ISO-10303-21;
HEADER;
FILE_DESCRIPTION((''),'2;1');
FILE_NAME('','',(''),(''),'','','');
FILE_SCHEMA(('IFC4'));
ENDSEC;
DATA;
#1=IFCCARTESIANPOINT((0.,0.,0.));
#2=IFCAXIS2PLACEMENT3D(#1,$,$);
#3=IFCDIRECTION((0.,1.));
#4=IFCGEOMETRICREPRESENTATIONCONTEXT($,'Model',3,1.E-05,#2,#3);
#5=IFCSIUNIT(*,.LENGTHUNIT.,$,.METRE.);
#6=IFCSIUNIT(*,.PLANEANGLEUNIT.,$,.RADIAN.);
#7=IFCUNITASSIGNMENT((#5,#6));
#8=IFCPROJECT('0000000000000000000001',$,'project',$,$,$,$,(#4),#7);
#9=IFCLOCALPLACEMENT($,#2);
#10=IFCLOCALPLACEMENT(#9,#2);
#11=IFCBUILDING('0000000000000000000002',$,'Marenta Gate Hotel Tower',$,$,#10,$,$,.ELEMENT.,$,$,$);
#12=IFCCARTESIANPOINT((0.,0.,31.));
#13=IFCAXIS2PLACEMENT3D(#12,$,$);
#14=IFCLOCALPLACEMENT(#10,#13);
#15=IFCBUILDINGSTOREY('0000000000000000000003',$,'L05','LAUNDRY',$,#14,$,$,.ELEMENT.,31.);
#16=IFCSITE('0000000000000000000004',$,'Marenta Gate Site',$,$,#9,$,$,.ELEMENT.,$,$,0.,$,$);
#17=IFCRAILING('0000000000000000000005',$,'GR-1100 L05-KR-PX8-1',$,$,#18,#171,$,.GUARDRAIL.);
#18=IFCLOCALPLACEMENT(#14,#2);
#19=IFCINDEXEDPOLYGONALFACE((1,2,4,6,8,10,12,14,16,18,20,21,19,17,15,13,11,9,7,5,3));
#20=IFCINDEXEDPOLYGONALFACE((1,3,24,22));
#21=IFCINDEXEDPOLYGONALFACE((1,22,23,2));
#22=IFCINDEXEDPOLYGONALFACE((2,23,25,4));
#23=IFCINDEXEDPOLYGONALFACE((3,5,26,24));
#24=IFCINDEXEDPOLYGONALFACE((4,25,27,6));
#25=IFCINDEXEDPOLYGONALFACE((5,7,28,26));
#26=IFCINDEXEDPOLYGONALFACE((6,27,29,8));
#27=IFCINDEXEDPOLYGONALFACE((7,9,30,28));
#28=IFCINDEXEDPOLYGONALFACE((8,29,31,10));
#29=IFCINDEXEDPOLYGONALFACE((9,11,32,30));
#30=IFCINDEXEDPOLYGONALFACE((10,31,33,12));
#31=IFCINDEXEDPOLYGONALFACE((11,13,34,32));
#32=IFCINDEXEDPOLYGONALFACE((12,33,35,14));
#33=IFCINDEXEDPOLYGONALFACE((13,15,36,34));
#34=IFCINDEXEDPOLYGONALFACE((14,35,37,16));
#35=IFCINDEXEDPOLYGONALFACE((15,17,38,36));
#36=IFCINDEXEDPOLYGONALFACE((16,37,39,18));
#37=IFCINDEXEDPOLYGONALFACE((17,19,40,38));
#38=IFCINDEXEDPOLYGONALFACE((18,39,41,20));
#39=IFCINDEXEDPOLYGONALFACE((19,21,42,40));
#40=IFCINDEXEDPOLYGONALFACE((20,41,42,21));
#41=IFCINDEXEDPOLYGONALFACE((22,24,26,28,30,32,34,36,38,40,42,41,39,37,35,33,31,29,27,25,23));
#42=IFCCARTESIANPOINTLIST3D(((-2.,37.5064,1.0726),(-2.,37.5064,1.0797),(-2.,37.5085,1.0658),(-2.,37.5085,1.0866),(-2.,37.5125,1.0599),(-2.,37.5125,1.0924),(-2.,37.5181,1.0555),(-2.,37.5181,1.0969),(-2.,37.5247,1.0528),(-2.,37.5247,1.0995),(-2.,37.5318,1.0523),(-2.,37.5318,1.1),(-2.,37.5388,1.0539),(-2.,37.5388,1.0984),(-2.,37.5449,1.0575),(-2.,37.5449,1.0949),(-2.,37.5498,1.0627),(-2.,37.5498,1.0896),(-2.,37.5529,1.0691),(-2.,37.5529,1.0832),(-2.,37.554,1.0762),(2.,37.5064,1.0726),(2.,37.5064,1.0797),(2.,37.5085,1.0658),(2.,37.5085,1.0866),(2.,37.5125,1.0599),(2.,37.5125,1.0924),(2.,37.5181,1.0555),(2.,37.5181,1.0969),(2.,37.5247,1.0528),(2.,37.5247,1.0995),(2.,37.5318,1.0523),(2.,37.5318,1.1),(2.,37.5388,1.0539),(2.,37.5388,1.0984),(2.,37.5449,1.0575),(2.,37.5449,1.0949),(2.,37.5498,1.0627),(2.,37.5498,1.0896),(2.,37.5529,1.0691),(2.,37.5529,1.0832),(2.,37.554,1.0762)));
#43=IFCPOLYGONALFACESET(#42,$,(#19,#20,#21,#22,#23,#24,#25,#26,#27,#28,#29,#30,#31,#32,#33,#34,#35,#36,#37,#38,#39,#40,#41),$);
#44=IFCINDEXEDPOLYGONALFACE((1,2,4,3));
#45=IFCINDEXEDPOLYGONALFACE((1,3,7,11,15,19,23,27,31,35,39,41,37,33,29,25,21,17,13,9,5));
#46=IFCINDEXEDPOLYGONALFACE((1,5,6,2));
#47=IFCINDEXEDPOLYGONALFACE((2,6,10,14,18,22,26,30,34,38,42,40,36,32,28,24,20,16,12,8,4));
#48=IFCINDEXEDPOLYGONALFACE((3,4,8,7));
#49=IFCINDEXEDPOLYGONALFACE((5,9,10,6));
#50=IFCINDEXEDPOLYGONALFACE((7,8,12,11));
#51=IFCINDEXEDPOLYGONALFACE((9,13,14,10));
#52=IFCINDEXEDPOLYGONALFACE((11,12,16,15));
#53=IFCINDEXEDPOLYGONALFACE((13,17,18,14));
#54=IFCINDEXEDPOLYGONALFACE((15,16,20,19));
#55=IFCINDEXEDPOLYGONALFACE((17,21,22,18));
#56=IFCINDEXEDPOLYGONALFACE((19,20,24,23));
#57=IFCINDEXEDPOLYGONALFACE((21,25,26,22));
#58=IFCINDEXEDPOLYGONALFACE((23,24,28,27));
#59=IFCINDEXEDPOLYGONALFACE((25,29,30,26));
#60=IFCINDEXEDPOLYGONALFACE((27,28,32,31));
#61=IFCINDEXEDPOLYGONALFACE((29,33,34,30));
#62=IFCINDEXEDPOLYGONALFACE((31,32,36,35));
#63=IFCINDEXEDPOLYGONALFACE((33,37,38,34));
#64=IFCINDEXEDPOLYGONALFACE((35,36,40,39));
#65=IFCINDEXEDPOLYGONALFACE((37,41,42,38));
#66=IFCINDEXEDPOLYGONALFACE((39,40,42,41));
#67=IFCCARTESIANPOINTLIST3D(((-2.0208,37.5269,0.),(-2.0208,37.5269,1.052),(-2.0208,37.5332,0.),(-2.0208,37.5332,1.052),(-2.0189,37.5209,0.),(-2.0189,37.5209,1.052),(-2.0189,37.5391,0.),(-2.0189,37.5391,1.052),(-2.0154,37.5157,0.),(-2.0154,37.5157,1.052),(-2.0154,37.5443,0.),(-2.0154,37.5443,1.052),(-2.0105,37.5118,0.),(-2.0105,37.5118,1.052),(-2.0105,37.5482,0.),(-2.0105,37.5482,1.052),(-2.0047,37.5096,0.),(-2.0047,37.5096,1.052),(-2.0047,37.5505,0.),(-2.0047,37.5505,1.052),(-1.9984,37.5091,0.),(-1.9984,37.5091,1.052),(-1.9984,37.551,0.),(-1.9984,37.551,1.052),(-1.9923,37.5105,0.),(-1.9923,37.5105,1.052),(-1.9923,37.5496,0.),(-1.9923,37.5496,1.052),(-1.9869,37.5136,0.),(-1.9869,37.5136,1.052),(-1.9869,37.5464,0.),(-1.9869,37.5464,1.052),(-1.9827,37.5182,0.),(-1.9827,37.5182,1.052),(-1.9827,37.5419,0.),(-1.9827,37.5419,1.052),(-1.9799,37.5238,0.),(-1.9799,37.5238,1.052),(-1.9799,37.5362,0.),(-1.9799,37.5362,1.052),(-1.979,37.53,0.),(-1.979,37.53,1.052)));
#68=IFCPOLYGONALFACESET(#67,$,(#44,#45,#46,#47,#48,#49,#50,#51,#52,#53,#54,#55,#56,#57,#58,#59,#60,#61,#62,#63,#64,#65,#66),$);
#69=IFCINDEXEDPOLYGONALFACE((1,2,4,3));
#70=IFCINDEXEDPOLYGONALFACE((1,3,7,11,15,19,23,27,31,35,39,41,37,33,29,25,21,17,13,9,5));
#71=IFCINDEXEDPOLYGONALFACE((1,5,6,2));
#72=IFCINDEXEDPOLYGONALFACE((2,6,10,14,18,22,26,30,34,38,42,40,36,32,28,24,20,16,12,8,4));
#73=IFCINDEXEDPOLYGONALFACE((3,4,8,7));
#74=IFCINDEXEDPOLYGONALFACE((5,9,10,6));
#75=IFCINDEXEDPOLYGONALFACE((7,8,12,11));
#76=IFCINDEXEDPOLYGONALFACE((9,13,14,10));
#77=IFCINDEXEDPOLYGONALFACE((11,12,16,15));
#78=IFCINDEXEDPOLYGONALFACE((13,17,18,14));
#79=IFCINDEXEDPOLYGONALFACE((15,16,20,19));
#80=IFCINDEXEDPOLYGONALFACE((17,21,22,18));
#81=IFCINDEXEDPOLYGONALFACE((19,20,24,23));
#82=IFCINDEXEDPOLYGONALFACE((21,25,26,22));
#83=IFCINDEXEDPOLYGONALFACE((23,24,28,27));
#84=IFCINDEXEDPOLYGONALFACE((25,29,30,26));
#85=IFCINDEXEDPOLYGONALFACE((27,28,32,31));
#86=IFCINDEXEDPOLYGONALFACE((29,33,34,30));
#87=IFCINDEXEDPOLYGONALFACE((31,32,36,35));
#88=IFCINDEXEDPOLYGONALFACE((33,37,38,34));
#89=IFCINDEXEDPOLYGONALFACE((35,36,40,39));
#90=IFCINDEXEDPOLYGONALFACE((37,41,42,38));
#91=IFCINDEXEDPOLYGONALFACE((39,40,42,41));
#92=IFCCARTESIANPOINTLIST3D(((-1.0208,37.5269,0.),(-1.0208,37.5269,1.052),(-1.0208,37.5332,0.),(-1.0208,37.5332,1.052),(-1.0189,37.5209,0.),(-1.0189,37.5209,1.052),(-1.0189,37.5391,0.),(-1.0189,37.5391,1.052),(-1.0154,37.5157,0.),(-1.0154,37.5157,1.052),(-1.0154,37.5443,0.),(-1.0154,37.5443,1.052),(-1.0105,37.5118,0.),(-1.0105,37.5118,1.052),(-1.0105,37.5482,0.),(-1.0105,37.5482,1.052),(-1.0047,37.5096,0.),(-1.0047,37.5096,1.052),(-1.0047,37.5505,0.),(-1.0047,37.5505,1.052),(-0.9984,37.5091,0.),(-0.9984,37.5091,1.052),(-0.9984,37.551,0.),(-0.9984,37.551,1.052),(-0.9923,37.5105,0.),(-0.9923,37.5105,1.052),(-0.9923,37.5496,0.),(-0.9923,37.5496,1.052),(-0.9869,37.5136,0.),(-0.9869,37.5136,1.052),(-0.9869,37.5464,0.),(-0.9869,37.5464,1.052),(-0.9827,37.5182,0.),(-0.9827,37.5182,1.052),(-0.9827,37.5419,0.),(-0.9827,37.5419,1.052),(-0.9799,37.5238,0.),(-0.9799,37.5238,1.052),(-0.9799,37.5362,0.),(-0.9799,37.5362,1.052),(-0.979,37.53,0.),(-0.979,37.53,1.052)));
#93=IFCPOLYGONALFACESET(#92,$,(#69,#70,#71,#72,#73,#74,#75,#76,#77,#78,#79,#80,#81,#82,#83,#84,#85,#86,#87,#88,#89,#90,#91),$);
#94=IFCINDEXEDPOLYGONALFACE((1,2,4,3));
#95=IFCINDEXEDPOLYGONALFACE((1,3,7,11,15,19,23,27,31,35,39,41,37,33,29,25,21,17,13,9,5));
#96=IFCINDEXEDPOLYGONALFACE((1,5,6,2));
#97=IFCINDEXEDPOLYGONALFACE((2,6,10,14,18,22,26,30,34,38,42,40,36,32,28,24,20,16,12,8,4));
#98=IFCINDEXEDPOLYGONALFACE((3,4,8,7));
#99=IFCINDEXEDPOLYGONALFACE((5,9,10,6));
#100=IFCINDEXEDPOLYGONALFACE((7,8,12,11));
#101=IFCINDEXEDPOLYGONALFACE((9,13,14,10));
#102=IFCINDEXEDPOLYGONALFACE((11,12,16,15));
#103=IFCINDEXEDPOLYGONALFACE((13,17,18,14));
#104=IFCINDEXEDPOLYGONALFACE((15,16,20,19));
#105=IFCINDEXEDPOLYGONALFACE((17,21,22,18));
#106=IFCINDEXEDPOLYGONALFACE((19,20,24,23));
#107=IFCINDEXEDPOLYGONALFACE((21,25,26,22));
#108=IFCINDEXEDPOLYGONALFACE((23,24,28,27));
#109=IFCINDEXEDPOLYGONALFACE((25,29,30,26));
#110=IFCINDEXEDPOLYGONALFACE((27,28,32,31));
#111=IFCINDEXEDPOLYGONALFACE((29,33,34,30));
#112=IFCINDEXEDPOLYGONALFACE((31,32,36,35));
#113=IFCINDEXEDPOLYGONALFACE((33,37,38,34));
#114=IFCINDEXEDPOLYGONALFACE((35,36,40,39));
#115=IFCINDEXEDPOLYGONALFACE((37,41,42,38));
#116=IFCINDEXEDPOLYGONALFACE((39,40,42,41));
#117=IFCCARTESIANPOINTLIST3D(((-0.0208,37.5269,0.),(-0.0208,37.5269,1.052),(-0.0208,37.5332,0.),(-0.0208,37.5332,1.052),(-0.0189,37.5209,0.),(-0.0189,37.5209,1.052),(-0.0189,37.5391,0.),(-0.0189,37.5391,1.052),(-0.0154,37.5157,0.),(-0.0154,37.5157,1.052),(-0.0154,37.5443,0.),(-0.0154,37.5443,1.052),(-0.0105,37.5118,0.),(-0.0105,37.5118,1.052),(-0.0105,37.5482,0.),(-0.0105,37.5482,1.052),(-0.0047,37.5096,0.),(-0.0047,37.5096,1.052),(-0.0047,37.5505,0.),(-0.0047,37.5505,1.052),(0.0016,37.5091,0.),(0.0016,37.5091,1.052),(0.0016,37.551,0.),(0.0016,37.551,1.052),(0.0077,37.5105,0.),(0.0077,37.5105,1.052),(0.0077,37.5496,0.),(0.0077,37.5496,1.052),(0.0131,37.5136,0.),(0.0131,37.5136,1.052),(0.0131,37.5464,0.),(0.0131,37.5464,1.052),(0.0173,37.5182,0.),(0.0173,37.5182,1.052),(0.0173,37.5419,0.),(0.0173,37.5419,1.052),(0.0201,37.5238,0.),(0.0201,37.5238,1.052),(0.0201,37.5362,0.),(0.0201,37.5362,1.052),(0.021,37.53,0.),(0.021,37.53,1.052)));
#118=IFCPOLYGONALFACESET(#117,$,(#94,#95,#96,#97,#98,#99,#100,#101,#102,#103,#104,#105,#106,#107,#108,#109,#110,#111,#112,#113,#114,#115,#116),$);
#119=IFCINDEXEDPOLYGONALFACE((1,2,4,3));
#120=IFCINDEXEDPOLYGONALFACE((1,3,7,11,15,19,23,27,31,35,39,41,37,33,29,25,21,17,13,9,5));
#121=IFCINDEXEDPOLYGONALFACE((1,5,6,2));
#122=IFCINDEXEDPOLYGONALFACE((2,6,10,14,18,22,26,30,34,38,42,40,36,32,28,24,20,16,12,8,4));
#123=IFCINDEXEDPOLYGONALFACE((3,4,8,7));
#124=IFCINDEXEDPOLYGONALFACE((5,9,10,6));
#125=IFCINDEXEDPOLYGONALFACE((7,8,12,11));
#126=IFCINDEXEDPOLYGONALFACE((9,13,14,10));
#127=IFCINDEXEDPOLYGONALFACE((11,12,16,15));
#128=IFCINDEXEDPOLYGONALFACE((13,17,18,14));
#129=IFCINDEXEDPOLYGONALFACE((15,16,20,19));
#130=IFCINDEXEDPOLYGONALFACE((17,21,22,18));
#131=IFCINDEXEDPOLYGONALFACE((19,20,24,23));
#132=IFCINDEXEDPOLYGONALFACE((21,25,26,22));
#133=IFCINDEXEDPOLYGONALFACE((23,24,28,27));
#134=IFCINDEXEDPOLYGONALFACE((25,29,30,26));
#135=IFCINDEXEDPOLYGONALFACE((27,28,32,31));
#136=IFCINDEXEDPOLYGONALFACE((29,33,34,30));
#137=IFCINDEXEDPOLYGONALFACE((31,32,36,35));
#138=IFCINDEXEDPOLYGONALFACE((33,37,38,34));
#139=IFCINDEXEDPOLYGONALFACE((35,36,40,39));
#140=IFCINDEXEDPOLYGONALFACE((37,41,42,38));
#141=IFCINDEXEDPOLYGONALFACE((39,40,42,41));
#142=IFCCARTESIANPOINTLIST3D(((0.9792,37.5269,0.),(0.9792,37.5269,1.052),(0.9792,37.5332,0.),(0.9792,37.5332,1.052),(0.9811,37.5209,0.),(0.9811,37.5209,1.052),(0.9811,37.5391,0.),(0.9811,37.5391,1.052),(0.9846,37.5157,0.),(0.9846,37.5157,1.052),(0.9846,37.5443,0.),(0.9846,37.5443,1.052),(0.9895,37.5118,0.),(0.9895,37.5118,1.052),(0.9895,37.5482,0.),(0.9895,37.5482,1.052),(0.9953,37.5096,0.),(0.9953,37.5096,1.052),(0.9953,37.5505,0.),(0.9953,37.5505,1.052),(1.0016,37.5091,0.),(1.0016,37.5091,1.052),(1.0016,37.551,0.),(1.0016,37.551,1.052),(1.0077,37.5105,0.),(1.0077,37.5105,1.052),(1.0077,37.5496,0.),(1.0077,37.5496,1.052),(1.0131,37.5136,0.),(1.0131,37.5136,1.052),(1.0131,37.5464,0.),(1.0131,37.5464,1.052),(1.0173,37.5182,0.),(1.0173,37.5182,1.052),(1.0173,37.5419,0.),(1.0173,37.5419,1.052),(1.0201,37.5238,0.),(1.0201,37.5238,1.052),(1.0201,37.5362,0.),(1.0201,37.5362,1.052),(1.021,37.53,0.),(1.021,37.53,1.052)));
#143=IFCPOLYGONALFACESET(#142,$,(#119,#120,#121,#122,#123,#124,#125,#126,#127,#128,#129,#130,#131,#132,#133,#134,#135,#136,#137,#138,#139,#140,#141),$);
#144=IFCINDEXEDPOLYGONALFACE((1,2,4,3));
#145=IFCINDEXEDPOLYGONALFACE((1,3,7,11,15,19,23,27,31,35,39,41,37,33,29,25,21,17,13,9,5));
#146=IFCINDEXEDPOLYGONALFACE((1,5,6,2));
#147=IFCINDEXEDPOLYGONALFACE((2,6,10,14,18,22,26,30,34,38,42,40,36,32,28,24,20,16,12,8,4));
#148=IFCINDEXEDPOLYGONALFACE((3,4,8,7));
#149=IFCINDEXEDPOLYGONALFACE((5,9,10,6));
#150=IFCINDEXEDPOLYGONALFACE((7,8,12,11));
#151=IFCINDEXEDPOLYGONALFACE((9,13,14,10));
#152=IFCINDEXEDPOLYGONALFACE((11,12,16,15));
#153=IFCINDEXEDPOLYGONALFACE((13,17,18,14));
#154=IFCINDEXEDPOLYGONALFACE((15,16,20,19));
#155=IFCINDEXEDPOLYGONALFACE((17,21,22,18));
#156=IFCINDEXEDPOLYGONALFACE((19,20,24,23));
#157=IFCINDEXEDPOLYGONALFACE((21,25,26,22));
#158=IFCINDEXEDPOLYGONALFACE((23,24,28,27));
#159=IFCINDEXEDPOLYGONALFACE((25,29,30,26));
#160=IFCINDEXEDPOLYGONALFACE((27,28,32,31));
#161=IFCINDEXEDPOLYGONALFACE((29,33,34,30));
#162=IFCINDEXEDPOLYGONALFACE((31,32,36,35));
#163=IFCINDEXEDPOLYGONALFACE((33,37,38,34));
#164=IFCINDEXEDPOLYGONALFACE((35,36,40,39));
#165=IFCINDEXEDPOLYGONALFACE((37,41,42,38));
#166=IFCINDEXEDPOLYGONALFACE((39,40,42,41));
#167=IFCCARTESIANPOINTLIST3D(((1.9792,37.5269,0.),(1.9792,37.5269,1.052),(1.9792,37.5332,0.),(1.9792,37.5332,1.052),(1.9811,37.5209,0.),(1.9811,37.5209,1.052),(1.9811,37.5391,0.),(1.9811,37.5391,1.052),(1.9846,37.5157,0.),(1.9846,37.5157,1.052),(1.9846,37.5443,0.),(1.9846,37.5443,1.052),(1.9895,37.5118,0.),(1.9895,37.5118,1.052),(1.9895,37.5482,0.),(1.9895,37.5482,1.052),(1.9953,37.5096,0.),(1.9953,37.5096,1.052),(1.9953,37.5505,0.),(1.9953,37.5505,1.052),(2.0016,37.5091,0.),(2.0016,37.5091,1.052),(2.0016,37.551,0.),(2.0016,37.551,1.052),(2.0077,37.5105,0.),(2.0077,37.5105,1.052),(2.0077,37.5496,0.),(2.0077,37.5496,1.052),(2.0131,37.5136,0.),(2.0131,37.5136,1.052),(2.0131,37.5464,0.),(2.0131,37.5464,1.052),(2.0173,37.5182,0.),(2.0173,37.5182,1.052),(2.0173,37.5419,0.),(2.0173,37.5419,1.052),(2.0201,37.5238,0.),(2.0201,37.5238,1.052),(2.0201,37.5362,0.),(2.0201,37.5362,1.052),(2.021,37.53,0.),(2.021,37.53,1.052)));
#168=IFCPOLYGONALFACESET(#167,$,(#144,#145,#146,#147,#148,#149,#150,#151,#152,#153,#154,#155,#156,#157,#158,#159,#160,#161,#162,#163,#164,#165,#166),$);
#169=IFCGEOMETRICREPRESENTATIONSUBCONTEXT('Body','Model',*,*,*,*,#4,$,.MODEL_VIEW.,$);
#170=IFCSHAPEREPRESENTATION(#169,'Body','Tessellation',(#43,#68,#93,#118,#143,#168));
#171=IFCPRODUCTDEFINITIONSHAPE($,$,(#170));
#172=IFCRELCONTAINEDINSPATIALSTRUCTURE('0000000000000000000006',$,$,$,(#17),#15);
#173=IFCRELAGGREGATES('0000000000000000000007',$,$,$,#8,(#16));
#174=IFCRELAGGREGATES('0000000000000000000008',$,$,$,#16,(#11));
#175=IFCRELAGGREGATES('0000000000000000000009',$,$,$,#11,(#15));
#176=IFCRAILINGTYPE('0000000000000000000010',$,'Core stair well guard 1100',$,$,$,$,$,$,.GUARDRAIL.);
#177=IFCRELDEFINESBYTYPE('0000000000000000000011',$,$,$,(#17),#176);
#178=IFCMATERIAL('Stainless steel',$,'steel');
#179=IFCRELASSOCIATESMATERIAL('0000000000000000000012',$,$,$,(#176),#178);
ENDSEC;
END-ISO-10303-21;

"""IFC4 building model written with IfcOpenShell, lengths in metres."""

from ifc_helpers import new_model, si_unit, direction, frame, origin, origin_2d, place, context, subcontext, project, spatial, circle, extrude, material, type_object, element, save


model = new_model("IFC4")

# Units and contexts
model_context = context("Model", 3, precision=1e-05, world=origin(), true_north=direction((0.0, 1.0)))
body_context = subcontext(model_context, "Body", "Model", "MODEL_VIEW")
ifc_project = project(units=[si_unit("LENGTHUNIT", "METRE"), si_unit("PLANEANGLEUNIT", "RADIAN")], contexts=[model_context])

# Site, building, storey
site_placement = place(None, origin())
site = spatial("IfcSite", under=ifc_project, at=site_placement, Name="Marenta Gate Site", CompositionType="ELEMENT", RefElevation=0.0)
building_placement = place(site_placement, origin())
building = spatial("IfcBuilding", under=site, at=building_placement, Name="Marenta Gate Hotel Tower", CompositionType="ELEMENT")
storey_placement = place(building_placement, frame((0.0, 0.0, 31.0)))
storey = spatial("IfcBuildingStorey", under=building, at=storey_placement, Name="L05", Description="LAUNDRY", CompositionType="ELEMENT", Elevation=31.0)

# Railing
ifc_material_1 = material(Name="Stainless steel", Category="steel")
railing_type = type_object("IfcRailingType", Name="Core stair well guard 1100", PredefinedType="GUARDRAIL", material=ifc_material_1)
railing_placement = place(storey_placement, frame((-2.0, 37.53, 0.0)))
element("IfcRailing", 1, at=railing_placement, inside=storey, type_object=railing_type, Name="GR-1100 L05-KR-PX8-1", PredefinedType="GUARDRAIL", context=body_context, shape_type="SweptSolid", body=[
    extrude(circle(Radius=0.0239, at=origin_2d()), frame((0.0, 0.0, 1.0762), z_axis=(1.0, 0.0, 0.0), x_axis=(0.0, 1.0, 0.0)), (0.0, 0.0, 1.0), 4.0),
    extrude(circle(Radius=0.021, at=origin_2d()), origin(), (0.0, 0.0, 1.0), 1.052),
    extrude(circle(Radius=0.021, at=origin_2d()), frame((1.0, 0.0, 0.0)), (0.0, 0.0, 1.0), 1.052),
    extrude(circle(Radius=0.021, at=origin_2d()), frame((2.0, 0.0, 0.0)), (0.0, 0.0, 1.0), 1.052),
    extrude(circle(Radius=0.021, at=origin_2d()), frame((3.0, 0.0, 0.0)), (0.0, 0.0, 1.0), 1.052),
    extrude(circle(Radius=0.021, at=origin_2d()), frame((4.0, 0.0, 0.0)), (0.0, 0.0, 1.0), 1.052),
])

save(model, "model.ifc")
